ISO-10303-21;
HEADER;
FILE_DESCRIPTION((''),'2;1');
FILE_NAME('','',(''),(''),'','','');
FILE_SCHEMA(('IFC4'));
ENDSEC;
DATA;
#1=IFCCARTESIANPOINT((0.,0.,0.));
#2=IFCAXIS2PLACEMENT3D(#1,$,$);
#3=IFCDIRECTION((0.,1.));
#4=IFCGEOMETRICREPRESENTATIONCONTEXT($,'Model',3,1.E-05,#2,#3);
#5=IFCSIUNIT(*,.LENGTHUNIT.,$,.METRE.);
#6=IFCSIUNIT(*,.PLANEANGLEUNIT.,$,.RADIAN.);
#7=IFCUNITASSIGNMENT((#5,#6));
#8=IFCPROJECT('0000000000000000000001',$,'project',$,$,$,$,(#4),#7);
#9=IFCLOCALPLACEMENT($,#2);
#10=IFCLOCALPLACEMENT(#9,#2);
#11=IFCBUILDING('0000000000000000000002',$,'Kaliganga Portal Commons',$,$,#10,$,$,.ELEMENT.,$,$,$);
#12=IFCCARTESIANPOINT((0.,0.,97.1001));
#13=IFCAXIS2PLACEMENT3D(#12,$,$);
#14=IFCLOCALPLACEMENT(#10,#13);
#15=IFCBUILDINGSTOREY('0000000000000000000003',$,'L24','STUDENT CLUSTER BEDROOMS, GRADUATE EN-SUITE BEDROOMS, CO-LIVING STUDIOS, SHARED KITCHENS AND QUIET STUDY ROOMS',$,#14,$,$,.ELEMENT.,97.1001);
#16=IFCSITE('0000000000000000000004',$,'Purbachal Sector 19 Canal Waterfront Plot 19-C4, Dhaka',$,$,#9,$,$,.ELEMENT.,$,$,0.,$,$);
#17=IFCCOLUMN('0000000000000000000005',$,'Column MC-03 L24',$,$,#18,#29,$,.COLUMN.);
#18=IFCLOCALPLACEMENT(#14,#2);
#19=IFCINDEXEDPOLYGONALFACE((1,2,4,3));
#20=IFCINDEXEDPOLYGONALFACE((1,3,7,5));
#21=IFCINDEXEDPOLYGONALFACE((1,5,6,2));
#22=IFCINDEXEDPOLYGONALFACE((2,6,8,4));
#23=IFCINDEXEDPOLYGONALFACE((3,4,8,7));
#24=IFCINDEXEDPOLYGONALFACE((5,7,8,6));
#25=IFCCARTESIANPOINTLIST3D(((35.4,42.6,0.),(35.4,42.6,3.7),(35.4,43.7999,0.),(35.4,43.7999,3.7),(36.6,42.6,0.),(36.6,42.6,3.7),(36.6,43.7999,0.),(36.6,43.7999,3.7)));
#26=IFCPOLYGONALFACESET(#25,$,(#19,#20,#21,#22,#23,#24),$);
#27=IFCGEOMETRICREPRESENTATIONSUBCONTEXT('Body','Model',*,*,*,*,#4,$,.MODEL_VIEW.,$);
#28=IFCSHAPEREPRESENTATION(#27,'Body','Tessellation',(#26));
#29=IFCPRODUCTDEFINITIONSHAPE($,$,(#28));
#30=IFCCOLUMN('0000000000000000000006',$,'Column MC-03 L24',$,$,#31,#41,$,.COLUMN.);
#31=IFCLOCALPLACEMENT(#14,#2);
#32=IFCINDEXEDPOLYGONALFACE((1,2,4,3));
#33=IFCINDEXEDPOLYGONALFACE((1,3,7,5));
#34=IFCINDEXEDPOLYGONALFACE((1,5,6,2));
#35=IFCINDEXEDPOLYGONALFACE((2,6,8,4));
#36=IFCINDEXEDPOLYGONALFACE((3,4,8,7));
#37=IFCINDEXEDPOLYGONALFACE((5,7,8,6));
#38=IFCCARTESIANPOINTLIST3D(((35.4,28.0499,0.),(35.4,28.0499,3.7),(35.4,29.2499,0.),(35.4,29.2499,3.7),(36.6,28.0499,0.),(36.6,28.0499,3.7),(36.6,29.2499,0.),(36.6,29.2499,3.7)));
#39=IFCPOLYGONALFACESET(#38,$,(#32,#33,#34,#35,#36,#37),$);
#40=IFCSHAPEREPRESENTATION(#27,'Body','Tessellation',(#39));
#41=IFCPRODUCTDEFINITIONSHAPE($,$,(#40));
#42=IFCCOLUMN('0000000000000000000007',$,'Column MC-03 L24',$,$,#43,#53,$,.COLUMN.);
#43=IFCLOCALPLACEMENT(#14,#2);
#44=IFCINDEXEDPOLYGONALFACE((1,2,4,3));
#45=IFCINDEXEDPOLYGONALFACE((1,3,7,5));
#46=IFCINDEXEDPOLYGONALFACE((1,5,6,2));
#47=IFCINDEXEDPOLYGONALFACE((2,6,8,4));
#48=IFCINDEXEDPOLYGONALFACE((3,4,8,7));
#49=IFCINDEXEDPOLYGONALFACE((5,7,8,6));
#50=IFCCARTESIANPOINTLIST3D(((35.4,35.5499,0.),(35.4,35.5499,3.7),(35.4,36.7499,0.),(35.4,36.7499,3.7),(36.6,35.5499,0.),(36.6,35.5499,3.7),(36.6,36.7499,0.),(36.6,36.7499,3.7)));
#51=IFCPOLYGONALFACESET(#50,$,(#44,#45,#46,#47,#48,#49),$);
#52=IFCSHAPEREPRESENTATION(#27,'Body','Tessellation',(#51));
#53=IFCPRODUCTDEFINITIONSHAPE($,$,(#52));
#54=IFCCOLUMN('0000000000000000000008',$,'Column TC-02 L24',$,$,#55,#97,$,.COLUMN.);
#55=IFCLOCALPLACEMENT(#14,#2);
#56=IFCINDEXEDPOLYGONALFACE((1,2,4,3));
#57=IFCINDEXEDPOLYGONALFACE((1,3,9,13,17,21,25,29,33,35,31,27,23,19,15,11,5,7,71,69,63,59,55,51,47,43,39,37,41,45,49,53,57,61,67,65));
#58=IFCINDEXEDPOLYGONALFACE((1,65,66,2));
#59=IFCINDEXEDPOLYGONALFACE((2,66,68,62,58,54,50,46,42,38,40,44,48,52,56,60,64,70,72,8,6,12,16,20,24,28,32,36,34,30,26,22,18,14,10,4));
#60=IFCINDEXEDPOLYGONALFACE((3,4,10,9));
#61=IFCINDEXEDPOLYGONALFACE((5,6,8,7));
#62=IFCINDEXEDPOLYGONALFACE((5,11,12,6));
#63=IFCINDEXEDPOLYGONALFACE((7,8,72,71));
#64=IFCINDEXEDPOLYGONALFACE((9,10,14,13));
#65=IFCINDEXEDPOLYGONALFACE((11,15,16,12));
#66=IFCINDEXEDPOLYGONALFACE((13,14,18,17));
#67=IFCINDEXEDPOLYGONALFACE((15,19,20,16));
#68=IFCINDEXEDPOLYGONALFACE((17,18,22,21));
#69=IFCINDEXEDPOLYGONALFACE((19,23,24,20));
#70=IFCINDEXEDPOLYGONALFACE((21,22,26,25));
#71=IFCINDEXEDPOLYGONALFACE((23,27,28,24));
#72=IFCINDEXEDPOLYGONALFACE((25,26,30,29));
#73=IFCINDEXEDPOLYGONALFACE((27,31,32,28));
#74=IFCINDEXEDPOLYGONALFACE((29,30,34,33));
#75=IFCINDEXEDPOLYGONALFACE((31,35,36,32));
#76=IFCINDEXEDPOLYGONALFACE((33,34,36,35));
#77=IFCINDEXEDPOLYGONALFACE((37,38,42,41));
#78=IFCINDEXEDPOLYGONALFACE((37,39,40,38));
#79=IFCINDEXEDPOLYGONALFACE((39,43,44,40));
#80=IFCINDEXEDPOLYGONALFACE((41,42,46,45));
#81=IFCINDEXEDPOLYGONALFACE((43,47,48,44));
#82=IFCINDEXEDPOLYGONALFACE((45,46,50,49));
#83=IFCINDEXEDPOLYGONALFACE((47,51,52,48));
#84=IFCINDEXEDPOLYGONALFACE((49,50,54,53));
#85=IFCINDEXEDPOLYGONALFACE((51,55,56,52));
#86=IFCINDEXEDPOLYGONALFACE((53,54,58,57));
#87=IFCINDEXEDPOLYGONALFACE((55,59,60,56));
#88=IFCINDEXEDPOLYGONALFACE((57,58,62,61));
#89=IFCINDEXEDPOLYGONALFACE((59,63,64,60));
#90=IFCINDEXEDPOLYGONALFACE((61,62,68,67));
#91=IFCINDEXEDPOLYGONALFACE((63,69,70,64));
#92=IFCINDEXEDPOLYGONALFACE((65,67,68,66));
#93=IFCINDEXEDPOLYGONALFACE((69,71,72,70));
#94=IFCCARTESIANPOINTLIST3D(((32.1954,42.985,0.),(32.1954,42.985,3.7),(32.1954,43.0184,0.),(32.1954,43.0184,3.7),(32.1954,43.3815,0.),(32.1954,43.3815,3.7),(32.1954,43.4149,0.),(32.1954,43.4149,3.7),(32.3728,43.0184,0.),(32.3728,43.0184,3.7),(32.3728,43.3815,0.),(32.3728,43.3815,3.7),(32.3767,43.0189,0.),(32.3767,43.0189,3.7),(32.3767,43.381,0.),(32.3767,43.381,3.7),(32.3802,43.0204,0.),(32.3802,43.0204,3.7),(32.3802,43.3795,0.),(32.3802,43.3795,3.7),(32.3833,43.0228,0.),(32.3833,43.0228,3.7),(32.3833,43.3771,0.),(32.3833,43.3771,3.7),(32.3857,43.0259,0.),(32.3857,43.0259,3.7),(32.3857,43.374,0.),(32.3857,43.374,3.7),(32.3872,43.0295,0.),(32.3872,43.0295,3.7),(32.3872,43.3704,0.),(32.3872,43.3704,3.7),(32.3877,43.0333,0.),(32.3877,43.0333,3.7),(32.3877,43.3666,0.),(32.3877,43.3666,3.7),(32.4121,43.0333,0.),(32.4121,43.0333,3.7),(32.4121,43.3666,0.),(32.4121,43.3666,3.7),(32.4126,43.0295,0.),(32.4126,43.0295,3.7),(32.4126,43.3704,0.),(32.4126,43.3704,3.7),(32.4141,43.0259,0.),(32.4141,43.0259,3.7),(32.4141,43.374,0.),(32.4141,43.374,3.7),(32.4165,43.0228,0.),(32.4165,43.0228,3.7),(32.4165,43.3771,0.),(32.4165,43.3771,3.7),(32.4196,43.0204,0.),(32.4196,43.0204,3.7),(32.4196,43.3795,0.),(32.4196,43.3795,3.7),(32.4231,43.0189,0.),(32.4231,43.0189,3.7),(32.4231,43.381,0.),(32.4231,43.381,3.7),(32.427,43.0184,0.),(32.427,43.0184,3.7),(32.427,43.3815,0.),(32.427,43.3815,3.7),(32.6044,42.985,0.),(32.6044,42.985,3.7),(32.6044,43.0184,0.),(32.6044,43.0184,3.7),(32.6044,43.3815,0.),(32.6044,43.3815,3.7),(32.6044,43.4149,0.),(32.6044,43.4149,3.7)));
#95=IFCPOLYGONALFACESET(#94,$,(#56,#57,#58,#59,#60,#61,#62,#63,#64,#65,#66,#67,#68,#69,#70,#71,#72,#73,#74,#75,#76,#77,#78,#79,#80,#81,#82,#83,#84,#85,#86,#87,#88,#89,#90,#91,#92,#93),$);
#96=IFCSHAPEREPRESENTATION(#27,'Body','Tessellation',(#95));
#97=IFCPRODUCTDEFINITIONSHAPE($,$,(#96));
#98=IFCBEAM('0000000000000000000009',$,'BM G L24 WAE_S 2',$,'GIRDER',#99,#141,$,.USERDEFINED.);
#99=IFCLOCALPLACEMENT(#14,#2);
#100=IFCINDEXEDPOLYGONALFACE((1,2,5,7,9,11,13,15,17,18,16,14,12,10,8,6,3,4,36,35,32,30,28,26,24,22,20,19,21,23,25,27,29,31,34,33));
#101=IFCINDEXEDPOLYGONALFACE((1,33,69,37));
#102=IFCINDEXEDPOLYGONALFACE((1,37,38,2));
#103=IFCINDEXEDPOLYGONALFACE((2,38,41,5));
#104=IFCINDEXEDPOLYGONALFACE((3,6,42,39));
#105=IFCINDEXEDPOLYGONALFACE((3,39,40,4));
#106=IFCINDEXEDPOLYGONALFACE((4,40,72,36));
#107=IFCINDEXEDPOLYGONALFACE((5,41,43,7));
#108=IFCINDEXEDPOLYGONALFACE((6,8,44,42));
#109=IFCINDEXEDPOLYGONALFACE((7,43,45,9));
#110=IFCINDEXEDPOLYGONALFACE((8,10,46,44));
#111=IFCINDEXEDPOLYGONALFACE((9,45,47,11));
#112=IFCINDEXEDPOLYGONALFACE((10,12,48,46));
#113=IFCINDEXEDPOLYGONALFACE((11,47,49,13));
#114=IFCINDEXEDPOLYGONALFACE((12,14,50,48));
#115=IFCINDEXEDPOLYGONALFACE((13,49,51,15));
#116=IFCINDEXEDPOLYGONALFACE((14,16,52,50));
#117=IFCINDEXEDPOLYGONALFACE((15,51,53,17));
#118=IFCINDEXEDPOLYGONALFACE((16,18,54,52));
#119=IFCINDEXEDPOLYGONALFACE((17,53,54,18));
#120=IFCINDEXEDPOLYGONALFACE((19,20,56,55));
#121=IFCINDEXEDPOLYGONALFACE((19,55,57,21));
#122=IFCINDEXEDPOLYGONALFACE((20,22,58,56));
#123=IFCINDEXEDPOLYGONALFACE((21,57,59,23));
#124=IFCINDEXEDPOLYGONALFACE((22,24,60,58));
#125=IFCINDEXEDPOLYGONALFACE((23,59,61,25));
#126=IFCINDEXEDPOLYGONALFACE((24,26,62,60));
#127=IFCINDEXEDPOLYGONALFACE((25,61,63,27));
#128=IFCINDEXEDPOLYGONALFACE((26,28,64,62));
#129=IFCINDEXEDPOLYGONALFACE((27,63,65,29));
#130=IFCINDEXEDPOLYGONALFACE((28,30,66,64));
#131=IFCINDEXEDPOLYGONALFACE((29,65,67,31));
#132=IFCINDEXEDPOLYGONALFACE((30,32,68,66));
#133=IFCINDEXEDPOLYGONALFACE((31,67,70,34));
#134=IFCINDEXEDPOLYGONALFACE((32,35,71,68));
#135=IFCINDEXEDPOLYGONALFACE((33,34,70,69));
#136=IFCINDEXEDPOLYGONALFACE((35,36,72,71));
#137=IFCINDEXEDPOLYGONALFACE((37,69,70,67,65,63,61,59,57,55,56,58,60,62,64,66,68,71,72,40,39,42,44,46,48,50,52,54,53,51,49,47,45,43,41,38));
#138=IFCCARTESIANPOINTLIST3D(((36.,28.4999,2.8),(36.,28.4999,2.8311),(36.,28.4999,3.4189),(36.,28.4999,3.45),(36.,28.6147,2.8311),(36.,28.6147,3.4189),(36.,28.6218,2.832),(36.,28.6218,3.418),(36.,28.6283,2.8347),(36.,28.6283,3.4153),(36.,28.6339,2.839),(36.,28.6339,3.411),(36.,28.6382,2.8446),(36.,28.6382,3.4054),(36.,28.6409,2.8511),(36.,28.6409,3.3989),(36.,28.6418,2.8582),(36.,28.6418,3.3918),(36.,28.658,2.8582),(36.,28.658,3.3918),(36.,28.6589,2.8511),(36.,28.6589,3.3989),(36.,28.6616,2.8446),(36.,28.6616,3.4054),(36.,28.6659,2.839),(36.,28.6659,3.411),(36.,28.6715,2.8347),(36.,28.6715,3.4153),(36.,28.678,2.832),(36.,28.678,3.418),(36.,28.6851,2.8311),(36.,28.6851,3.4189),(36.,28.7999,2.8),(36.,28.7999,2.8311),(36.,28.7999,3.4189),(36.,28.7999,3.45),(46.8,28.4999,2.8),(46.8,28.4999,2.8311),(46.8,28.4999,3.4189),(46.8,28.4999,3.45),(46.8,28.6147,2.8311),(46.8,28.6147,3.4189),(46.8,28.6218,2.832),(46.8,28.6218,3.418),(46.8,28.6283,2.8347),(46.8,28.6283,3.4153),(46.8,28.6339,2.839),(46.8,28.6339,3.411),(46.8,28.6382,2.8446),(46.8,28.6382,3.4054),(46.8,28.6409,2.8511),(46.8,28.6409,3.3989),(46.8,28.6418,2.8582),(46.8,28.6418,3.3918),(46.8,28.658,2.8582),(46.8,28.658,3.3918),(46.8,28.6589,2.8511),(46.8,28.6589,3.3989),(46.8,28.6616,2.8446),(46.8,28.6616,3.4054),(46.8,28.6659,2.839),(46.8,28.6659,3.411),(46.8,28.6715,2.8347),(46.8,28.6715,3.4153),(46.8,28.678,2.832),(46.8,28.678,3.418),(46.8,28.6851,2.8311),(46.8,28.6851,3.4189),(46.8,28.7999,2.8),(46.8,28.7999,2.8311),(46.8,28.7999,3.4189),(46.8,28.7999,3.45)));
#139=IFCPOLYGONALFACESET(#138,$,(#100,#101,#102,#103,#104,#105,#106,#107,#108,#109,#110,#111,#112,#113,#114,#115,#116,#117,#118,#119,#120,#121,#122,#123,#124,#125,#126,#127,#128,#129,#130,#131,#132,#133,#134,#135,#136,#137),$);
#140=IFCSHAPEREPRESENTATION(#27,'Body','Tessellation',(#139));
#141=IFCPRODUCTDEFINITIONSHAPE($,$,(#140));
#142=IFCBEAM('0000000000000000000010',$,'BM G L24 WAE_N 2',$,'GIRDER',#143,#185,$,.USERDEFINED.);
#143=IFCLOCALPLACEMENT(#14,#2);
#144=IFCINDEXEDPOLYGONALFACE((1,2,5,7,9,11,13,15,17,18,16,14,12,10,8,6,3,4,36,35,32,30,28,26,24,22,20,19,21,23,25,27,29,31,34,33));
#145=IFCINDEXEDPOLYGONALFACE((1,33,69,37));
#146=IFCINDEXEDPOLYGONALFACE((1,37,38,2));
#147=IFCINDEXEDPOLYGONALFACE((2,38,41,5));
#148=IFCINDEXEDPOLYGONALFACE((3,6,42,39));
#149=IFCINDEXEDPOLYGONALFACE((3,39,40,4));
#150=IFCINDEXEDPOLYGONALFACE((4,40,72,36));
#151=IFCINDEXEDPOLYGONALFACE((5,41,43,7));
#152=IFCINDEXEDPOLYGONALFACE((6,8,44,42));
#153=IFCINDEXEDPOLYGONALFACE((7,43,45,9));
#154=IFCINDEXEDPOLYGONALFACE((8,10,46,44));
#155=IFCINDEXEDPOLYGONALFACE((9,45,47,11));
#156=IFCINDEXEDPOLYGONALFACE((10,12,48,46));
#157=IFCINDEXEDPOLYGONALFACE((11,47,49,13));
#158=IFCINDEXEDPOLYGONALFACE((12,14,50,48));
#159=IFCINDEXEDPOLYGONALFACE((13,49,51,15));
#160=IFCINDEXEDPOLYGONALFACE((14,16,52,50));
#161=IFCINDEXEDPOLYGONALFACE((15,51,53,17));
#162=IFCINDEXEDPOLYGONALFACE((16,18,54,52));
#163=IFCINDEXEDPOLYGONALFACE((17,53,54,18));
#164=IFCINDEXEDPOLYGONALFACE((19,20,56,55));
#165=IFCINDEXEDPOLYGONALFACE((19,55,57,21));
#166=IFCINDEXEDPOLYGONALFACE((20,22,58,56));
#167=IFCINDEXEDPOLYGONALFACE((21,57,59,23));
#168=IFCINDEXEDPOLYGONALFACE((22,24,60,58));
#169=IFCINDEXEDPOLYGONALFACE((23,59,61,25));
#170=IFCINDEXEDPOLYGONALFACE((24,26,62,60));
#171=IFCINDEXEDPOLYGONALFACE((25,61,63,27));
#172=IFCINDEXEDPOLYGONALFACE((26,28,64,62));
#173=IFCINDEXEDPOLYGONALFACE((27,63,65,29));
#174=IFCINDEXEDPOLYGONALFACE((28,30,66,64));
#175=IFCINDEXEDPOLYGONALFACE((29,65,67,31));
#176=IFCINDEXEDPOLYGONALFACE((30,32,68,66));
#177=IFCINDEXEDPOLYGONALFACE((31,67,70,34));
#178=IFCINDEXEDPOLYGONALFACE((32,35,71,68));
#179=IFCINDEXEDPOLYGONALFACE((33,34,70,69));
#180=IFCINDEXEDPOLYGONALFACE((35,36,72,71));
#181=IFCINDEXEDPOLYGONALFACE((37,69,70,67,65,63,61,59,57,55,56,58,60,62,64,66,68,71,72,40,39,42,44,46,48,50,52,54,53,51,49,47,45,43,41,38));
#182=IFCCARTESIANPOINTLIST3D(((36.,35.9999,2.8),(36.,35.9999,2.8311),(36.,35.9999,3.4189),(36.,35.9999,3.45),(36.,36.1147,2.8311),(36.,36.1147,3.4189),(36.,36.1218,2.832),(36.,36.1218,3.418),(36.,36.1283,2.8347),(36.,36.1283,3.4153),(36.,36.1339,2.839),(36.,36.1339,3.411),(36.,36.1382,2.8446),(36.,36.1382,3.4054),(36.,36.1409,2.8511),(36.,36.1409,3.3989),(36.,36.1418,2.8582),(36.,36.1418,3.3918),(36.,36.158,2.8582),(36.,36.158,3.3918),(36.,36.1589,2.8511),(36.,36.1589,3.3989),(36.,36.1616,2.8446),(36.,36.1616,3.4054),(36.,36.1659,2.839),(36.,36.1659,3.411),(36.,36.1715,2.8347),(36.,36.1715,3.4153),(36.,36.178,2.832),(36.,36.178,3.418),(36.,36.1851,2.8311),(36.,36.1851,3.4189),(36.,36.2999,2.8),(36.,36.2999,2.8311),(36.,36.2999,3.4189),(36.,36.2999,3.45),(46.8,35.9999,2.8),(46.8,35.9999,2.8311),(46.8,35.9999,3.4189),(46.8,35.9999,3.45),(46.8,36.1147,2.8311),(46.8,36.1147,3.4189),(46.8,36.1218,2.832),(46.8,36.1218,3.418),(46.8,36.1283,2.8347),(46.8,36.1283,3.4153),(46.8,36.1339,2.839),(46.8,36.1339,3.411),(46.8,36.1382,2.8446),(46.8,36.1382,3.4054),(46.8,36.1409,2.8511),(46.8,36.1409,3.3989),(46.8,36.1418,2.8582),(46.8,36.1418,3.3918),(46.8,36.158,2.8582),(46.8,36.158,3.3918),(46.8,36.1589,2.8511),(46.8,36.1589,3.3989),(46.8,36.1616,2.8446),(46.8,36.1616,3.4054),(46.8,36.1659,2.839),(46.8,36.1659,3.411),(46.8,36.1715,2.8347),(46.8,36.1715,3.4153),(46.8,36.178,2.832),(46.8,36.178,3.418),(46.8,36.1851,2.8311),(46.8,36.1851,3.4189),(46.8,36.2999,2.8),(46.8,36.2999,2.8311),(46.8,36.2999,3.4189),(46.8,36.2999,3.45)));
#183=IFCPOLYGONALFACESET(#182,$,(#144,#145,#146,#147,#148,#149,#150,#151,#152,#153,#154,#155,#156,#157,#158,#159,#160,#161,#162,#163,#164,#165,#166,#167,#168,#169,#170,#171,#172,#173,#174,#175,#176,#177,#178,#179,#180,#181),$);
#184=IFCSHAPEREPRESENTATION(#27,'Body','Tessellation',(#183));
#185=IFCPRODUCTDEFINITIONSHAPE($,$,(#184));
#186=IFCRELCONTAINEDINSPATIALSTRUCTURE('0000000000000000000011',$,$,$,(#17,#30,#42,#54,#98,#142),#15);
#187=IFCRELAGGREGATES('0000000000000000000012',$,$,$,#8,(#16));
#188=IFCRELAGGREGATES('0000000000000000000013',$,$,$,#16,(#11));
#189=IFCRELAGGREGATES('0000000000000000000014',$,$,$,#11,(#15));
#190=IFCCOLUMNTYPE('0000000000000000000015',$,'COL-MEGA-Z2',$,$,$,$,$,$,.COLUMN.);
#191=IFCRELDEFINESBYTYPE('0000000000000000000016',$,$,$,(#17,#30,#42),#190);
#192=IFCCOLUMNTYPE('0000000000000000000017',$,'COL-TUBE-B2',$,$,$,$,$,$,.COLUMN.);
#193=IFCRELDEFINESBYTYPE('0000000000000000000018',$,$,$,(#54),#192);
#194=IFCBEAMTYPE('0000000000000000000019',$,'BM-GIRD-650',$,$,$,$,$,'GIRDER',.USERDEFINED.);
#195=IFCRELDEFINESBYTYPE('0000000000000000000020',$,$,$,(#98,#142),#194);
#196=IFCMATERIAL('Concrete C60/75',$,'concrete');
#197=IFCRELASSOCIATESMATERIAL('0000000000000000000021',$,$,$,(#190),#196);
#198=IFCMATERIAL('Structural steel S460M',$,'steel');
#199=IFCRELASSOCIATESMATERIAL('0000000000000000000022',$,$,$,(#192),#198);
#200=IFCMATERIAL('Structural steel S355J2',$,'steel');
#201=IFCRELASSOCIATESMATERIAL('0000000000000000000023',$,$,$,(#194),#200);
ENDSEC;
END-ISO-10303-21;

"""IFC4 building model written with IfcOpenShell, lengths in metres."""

from ifc_helpers import new_model, si_unit, direction, frame, origin, origin_2d, place, context, subcontext, project, spatial, rectangle, i_section, extrude, source, transform, mapped, material, material_profile, profile_set, type_object, element, save


model = new_model("IFC4")

# Units and contexts
model_context = context("Model", 3, precision=1e-05, world=origin(), true_north=direction((0.0, 1.0)))
body_context = subcontext(model_context, "Body", "Model", "MODEL_VIEW")
ifc_project = project(units=[si_unit("LENGTHUNIT", "METRE"), si_unit("PLANEANGLEUNIT", "RADIAN")], contexts=[model_context])

# Site, building, storey
site_placement = place(None, origin())
site = spatial("IfcSite", under=ifc_project, at=site_placement, Name="Purbachal Sector 19 Canal Waterfront Plot 19-C4, Dhaka", CompositionType="ELEMENT", RefElevation=0.0)
building_placement = place(site_placement, origin())
building = spatial("IfcBuilding", under=site, at=building_placement, Name="Kaliganga Portal Commons", CompositionType="ELEMENT")
storey_placement = place(building_placement, frame((0.0, 0.0, 97.1001)))
storey = spatial("IfcBuildingStorey", under=building, at=storey_placement, Name="L24", Description="STUDENT CLUSTER BEDROOMS, GRADUATE EN-SUITE BEDROOMS, CO-LIVING STUDIOS, SHARED KITCHENS AND QUIET STUDY ROOMS", CompositionType="ELEMENT", Elevation=97.1001)

# Columns
ifc_material_1 = material(Name="Concrete C60/75", Category="concrete")
ifc_material_profile_1 = material_profile(ifc_material_1, rectangle(XDim=1.2, YDim=1.2, at=origin_2d()), Name="RC 1200x1200")
ifc_profile_set_1 = profile_set([ifc_material_profile_1], Name="Concrete C60/75")
column_type_1 = type_object("IfcColumnType", Name="COL-MEGA-Z2", PredefinedType="COLUMN", material=ifc_profile_set_1)
shared_shape_1 = source(origin(), body_context, "Body", "SweptSolid", [
    extrude(rectangle(XDim=1.2, YDim=1.2, at=origin_2d()), origin(), (0.0, 0.0, 1.0), 3.7),
])
for number, where, z_axis, x_axis, name in (
    (1, (36.0, 43.2, 0.0), (0.0, 0.0, 1.0), (1.0, 0.0, 0.0), "Column MC-03 L24"),
    (2, (36.0, 28.6499, 0.0), (0.0, 0.0, 1.0), (1.0, 0.0, 0.0), "Column MC-03 L24"),
    (3, (36.0, 36.1499, 0.0), (0.0, 0.0, 1.0), (1.0, 0.0, 0.0), "Column MC-03 L24"),
):
    element("IfcColumn", number, at=place(storey_placement, frame(where, z_axis=z_axis, x_axis=x_axis)), inside=storey, type_object=column_type_1, Name=name, PredefinedType="COLUMN", context=body_context, shape_type="MappedRepresentation", body=[
        mapped(shared_shape_1, transform((0.0, 0.0, 0.0), x_axis=(1.0, 0.0, 0.0), y_axis=(0.0, 1.0, 0.0), z_axis=(0.0, 0.0, 1.0), scale=1.0)),
    ])
ifc_material_2 = material(Name="Structural steel S460M", Category="steel")
ifc_material_profile_2 = material_profile(ifc_material_2, i_section(OverallWidth=0.4089, OverallDepth=0.4299, WebThickness=0.0244, FlangeThickness=0.0334, FilletRadius=0.0149, at=origin_2d()), Name="HD 400x421")
ifc_profile_set_2 = profile_set([ifc_material_profile_2], Name="Structural steel S460M wide-flange")
column_type_2 = type_object("IfcColumnType", Name="COL-TUBE-B2", PredefinedType="COLUMN", material=ifc_profile_set_2)
shared_shape_2 = source(origin(), body_context, "Body", "SweptSolid", [
    extrude(i_section(OverallWidth=0.4089, OverallDepth=0.4299, WebThickness=0.0244, FlangeThickness=0.0334, FilletRadius=0.0149, at=origin_2d()), origin(), (0.0, 0.0, 1.0), 3.7),
])
column_placement = place(storey_placement, frame((32.3999, 43.2, 0.0), z_axis=(0.0, 0.0, 1.0), x_axis=(1.0, 0.0, 0.0)))
element("IfcColumn", 4, at=column_placement, inside=storey, type_object=column_type_2, Name="Column TC-02 L24", PredefinedType="COLUMN", context=body_context, shape_type="MappedRepresentation", body=[
    mapped(shared_shape_2, transform((0.0, 0.0, 0.0), x_axis=(1.0, 0.0, 0.0), y_axis=(0.0, 1.0, 0.0), z_axis=(0.0, 0.0, 1.0), scale=1.0)),
])

# Beams
ifc_material_3 = material(Name="Structural steel S355J2", Category="steel")
ifc_material_profile_3 = material_profile(ifc_material_3, i_section(OverallWidth=0.3, OverallDepth=0.6499, WebThickness=0.0161, FlangeThickness=0.031, FilletRadius=0.0271, at=origin_2d()), Name="HE 650 B")
ifc_profile_set_3 = profile_set([ifc_material_profile_3], Name="Structural steel S355J2 wide-flange")
beam_type_1 = type_object("IfcBeamType", Name="BM-GIRD-650", ElementType="GIRDER", PredefinedType="USERDEFINED", material=ifc_profile_set_3)
shared_shape_3 = source(origin(), body_context, "Body", "SweptSolid", [
    extrude(i_section(OverallWidth=0.3, OverallDepth=0.6499, WebThickness=0.0161, FlangeThickness=0.031, FilletRadius=0.0271, at=origin_2d()), origin(), (0.0, 0.0, 1.0), 10.8),
])
for number, where, z_axis, x_axis, name in (
    (5, (36.0, 28.6499, 3.125), (1.0, 0.0, 0.0), (0.0, 1.0, 0.0), "BM G L24 WAE_S 2"),
    (6, (36.0, 36.1499, 3.125), (1.0, 0.0, 0.0), (0.0, 1.0, 0.0), "BM G L24 WAE_N 2"),
):
    element("IfcBeam", number, at=place(storey_placement, frame(where, z_axis=z_axis, x_axis=x_axis)), inside=storey, type_object=beam_type_1, Name=name, ObjectType="GIRDER", PredefinedType="USERDEFINED", context=body_context, shape_type="MappedRepresentation", body=[
        mapped(shared_shape_3, transform((0.0, 0.0, 0.0), x_axis=(1.0, 0.0, 0.0), y_axis=(0.0, 1.0, 0.0), z_axis=(0.0, 0.0, 1.0), scale=1.0)),
    ])

save(model, "model.ifc")
